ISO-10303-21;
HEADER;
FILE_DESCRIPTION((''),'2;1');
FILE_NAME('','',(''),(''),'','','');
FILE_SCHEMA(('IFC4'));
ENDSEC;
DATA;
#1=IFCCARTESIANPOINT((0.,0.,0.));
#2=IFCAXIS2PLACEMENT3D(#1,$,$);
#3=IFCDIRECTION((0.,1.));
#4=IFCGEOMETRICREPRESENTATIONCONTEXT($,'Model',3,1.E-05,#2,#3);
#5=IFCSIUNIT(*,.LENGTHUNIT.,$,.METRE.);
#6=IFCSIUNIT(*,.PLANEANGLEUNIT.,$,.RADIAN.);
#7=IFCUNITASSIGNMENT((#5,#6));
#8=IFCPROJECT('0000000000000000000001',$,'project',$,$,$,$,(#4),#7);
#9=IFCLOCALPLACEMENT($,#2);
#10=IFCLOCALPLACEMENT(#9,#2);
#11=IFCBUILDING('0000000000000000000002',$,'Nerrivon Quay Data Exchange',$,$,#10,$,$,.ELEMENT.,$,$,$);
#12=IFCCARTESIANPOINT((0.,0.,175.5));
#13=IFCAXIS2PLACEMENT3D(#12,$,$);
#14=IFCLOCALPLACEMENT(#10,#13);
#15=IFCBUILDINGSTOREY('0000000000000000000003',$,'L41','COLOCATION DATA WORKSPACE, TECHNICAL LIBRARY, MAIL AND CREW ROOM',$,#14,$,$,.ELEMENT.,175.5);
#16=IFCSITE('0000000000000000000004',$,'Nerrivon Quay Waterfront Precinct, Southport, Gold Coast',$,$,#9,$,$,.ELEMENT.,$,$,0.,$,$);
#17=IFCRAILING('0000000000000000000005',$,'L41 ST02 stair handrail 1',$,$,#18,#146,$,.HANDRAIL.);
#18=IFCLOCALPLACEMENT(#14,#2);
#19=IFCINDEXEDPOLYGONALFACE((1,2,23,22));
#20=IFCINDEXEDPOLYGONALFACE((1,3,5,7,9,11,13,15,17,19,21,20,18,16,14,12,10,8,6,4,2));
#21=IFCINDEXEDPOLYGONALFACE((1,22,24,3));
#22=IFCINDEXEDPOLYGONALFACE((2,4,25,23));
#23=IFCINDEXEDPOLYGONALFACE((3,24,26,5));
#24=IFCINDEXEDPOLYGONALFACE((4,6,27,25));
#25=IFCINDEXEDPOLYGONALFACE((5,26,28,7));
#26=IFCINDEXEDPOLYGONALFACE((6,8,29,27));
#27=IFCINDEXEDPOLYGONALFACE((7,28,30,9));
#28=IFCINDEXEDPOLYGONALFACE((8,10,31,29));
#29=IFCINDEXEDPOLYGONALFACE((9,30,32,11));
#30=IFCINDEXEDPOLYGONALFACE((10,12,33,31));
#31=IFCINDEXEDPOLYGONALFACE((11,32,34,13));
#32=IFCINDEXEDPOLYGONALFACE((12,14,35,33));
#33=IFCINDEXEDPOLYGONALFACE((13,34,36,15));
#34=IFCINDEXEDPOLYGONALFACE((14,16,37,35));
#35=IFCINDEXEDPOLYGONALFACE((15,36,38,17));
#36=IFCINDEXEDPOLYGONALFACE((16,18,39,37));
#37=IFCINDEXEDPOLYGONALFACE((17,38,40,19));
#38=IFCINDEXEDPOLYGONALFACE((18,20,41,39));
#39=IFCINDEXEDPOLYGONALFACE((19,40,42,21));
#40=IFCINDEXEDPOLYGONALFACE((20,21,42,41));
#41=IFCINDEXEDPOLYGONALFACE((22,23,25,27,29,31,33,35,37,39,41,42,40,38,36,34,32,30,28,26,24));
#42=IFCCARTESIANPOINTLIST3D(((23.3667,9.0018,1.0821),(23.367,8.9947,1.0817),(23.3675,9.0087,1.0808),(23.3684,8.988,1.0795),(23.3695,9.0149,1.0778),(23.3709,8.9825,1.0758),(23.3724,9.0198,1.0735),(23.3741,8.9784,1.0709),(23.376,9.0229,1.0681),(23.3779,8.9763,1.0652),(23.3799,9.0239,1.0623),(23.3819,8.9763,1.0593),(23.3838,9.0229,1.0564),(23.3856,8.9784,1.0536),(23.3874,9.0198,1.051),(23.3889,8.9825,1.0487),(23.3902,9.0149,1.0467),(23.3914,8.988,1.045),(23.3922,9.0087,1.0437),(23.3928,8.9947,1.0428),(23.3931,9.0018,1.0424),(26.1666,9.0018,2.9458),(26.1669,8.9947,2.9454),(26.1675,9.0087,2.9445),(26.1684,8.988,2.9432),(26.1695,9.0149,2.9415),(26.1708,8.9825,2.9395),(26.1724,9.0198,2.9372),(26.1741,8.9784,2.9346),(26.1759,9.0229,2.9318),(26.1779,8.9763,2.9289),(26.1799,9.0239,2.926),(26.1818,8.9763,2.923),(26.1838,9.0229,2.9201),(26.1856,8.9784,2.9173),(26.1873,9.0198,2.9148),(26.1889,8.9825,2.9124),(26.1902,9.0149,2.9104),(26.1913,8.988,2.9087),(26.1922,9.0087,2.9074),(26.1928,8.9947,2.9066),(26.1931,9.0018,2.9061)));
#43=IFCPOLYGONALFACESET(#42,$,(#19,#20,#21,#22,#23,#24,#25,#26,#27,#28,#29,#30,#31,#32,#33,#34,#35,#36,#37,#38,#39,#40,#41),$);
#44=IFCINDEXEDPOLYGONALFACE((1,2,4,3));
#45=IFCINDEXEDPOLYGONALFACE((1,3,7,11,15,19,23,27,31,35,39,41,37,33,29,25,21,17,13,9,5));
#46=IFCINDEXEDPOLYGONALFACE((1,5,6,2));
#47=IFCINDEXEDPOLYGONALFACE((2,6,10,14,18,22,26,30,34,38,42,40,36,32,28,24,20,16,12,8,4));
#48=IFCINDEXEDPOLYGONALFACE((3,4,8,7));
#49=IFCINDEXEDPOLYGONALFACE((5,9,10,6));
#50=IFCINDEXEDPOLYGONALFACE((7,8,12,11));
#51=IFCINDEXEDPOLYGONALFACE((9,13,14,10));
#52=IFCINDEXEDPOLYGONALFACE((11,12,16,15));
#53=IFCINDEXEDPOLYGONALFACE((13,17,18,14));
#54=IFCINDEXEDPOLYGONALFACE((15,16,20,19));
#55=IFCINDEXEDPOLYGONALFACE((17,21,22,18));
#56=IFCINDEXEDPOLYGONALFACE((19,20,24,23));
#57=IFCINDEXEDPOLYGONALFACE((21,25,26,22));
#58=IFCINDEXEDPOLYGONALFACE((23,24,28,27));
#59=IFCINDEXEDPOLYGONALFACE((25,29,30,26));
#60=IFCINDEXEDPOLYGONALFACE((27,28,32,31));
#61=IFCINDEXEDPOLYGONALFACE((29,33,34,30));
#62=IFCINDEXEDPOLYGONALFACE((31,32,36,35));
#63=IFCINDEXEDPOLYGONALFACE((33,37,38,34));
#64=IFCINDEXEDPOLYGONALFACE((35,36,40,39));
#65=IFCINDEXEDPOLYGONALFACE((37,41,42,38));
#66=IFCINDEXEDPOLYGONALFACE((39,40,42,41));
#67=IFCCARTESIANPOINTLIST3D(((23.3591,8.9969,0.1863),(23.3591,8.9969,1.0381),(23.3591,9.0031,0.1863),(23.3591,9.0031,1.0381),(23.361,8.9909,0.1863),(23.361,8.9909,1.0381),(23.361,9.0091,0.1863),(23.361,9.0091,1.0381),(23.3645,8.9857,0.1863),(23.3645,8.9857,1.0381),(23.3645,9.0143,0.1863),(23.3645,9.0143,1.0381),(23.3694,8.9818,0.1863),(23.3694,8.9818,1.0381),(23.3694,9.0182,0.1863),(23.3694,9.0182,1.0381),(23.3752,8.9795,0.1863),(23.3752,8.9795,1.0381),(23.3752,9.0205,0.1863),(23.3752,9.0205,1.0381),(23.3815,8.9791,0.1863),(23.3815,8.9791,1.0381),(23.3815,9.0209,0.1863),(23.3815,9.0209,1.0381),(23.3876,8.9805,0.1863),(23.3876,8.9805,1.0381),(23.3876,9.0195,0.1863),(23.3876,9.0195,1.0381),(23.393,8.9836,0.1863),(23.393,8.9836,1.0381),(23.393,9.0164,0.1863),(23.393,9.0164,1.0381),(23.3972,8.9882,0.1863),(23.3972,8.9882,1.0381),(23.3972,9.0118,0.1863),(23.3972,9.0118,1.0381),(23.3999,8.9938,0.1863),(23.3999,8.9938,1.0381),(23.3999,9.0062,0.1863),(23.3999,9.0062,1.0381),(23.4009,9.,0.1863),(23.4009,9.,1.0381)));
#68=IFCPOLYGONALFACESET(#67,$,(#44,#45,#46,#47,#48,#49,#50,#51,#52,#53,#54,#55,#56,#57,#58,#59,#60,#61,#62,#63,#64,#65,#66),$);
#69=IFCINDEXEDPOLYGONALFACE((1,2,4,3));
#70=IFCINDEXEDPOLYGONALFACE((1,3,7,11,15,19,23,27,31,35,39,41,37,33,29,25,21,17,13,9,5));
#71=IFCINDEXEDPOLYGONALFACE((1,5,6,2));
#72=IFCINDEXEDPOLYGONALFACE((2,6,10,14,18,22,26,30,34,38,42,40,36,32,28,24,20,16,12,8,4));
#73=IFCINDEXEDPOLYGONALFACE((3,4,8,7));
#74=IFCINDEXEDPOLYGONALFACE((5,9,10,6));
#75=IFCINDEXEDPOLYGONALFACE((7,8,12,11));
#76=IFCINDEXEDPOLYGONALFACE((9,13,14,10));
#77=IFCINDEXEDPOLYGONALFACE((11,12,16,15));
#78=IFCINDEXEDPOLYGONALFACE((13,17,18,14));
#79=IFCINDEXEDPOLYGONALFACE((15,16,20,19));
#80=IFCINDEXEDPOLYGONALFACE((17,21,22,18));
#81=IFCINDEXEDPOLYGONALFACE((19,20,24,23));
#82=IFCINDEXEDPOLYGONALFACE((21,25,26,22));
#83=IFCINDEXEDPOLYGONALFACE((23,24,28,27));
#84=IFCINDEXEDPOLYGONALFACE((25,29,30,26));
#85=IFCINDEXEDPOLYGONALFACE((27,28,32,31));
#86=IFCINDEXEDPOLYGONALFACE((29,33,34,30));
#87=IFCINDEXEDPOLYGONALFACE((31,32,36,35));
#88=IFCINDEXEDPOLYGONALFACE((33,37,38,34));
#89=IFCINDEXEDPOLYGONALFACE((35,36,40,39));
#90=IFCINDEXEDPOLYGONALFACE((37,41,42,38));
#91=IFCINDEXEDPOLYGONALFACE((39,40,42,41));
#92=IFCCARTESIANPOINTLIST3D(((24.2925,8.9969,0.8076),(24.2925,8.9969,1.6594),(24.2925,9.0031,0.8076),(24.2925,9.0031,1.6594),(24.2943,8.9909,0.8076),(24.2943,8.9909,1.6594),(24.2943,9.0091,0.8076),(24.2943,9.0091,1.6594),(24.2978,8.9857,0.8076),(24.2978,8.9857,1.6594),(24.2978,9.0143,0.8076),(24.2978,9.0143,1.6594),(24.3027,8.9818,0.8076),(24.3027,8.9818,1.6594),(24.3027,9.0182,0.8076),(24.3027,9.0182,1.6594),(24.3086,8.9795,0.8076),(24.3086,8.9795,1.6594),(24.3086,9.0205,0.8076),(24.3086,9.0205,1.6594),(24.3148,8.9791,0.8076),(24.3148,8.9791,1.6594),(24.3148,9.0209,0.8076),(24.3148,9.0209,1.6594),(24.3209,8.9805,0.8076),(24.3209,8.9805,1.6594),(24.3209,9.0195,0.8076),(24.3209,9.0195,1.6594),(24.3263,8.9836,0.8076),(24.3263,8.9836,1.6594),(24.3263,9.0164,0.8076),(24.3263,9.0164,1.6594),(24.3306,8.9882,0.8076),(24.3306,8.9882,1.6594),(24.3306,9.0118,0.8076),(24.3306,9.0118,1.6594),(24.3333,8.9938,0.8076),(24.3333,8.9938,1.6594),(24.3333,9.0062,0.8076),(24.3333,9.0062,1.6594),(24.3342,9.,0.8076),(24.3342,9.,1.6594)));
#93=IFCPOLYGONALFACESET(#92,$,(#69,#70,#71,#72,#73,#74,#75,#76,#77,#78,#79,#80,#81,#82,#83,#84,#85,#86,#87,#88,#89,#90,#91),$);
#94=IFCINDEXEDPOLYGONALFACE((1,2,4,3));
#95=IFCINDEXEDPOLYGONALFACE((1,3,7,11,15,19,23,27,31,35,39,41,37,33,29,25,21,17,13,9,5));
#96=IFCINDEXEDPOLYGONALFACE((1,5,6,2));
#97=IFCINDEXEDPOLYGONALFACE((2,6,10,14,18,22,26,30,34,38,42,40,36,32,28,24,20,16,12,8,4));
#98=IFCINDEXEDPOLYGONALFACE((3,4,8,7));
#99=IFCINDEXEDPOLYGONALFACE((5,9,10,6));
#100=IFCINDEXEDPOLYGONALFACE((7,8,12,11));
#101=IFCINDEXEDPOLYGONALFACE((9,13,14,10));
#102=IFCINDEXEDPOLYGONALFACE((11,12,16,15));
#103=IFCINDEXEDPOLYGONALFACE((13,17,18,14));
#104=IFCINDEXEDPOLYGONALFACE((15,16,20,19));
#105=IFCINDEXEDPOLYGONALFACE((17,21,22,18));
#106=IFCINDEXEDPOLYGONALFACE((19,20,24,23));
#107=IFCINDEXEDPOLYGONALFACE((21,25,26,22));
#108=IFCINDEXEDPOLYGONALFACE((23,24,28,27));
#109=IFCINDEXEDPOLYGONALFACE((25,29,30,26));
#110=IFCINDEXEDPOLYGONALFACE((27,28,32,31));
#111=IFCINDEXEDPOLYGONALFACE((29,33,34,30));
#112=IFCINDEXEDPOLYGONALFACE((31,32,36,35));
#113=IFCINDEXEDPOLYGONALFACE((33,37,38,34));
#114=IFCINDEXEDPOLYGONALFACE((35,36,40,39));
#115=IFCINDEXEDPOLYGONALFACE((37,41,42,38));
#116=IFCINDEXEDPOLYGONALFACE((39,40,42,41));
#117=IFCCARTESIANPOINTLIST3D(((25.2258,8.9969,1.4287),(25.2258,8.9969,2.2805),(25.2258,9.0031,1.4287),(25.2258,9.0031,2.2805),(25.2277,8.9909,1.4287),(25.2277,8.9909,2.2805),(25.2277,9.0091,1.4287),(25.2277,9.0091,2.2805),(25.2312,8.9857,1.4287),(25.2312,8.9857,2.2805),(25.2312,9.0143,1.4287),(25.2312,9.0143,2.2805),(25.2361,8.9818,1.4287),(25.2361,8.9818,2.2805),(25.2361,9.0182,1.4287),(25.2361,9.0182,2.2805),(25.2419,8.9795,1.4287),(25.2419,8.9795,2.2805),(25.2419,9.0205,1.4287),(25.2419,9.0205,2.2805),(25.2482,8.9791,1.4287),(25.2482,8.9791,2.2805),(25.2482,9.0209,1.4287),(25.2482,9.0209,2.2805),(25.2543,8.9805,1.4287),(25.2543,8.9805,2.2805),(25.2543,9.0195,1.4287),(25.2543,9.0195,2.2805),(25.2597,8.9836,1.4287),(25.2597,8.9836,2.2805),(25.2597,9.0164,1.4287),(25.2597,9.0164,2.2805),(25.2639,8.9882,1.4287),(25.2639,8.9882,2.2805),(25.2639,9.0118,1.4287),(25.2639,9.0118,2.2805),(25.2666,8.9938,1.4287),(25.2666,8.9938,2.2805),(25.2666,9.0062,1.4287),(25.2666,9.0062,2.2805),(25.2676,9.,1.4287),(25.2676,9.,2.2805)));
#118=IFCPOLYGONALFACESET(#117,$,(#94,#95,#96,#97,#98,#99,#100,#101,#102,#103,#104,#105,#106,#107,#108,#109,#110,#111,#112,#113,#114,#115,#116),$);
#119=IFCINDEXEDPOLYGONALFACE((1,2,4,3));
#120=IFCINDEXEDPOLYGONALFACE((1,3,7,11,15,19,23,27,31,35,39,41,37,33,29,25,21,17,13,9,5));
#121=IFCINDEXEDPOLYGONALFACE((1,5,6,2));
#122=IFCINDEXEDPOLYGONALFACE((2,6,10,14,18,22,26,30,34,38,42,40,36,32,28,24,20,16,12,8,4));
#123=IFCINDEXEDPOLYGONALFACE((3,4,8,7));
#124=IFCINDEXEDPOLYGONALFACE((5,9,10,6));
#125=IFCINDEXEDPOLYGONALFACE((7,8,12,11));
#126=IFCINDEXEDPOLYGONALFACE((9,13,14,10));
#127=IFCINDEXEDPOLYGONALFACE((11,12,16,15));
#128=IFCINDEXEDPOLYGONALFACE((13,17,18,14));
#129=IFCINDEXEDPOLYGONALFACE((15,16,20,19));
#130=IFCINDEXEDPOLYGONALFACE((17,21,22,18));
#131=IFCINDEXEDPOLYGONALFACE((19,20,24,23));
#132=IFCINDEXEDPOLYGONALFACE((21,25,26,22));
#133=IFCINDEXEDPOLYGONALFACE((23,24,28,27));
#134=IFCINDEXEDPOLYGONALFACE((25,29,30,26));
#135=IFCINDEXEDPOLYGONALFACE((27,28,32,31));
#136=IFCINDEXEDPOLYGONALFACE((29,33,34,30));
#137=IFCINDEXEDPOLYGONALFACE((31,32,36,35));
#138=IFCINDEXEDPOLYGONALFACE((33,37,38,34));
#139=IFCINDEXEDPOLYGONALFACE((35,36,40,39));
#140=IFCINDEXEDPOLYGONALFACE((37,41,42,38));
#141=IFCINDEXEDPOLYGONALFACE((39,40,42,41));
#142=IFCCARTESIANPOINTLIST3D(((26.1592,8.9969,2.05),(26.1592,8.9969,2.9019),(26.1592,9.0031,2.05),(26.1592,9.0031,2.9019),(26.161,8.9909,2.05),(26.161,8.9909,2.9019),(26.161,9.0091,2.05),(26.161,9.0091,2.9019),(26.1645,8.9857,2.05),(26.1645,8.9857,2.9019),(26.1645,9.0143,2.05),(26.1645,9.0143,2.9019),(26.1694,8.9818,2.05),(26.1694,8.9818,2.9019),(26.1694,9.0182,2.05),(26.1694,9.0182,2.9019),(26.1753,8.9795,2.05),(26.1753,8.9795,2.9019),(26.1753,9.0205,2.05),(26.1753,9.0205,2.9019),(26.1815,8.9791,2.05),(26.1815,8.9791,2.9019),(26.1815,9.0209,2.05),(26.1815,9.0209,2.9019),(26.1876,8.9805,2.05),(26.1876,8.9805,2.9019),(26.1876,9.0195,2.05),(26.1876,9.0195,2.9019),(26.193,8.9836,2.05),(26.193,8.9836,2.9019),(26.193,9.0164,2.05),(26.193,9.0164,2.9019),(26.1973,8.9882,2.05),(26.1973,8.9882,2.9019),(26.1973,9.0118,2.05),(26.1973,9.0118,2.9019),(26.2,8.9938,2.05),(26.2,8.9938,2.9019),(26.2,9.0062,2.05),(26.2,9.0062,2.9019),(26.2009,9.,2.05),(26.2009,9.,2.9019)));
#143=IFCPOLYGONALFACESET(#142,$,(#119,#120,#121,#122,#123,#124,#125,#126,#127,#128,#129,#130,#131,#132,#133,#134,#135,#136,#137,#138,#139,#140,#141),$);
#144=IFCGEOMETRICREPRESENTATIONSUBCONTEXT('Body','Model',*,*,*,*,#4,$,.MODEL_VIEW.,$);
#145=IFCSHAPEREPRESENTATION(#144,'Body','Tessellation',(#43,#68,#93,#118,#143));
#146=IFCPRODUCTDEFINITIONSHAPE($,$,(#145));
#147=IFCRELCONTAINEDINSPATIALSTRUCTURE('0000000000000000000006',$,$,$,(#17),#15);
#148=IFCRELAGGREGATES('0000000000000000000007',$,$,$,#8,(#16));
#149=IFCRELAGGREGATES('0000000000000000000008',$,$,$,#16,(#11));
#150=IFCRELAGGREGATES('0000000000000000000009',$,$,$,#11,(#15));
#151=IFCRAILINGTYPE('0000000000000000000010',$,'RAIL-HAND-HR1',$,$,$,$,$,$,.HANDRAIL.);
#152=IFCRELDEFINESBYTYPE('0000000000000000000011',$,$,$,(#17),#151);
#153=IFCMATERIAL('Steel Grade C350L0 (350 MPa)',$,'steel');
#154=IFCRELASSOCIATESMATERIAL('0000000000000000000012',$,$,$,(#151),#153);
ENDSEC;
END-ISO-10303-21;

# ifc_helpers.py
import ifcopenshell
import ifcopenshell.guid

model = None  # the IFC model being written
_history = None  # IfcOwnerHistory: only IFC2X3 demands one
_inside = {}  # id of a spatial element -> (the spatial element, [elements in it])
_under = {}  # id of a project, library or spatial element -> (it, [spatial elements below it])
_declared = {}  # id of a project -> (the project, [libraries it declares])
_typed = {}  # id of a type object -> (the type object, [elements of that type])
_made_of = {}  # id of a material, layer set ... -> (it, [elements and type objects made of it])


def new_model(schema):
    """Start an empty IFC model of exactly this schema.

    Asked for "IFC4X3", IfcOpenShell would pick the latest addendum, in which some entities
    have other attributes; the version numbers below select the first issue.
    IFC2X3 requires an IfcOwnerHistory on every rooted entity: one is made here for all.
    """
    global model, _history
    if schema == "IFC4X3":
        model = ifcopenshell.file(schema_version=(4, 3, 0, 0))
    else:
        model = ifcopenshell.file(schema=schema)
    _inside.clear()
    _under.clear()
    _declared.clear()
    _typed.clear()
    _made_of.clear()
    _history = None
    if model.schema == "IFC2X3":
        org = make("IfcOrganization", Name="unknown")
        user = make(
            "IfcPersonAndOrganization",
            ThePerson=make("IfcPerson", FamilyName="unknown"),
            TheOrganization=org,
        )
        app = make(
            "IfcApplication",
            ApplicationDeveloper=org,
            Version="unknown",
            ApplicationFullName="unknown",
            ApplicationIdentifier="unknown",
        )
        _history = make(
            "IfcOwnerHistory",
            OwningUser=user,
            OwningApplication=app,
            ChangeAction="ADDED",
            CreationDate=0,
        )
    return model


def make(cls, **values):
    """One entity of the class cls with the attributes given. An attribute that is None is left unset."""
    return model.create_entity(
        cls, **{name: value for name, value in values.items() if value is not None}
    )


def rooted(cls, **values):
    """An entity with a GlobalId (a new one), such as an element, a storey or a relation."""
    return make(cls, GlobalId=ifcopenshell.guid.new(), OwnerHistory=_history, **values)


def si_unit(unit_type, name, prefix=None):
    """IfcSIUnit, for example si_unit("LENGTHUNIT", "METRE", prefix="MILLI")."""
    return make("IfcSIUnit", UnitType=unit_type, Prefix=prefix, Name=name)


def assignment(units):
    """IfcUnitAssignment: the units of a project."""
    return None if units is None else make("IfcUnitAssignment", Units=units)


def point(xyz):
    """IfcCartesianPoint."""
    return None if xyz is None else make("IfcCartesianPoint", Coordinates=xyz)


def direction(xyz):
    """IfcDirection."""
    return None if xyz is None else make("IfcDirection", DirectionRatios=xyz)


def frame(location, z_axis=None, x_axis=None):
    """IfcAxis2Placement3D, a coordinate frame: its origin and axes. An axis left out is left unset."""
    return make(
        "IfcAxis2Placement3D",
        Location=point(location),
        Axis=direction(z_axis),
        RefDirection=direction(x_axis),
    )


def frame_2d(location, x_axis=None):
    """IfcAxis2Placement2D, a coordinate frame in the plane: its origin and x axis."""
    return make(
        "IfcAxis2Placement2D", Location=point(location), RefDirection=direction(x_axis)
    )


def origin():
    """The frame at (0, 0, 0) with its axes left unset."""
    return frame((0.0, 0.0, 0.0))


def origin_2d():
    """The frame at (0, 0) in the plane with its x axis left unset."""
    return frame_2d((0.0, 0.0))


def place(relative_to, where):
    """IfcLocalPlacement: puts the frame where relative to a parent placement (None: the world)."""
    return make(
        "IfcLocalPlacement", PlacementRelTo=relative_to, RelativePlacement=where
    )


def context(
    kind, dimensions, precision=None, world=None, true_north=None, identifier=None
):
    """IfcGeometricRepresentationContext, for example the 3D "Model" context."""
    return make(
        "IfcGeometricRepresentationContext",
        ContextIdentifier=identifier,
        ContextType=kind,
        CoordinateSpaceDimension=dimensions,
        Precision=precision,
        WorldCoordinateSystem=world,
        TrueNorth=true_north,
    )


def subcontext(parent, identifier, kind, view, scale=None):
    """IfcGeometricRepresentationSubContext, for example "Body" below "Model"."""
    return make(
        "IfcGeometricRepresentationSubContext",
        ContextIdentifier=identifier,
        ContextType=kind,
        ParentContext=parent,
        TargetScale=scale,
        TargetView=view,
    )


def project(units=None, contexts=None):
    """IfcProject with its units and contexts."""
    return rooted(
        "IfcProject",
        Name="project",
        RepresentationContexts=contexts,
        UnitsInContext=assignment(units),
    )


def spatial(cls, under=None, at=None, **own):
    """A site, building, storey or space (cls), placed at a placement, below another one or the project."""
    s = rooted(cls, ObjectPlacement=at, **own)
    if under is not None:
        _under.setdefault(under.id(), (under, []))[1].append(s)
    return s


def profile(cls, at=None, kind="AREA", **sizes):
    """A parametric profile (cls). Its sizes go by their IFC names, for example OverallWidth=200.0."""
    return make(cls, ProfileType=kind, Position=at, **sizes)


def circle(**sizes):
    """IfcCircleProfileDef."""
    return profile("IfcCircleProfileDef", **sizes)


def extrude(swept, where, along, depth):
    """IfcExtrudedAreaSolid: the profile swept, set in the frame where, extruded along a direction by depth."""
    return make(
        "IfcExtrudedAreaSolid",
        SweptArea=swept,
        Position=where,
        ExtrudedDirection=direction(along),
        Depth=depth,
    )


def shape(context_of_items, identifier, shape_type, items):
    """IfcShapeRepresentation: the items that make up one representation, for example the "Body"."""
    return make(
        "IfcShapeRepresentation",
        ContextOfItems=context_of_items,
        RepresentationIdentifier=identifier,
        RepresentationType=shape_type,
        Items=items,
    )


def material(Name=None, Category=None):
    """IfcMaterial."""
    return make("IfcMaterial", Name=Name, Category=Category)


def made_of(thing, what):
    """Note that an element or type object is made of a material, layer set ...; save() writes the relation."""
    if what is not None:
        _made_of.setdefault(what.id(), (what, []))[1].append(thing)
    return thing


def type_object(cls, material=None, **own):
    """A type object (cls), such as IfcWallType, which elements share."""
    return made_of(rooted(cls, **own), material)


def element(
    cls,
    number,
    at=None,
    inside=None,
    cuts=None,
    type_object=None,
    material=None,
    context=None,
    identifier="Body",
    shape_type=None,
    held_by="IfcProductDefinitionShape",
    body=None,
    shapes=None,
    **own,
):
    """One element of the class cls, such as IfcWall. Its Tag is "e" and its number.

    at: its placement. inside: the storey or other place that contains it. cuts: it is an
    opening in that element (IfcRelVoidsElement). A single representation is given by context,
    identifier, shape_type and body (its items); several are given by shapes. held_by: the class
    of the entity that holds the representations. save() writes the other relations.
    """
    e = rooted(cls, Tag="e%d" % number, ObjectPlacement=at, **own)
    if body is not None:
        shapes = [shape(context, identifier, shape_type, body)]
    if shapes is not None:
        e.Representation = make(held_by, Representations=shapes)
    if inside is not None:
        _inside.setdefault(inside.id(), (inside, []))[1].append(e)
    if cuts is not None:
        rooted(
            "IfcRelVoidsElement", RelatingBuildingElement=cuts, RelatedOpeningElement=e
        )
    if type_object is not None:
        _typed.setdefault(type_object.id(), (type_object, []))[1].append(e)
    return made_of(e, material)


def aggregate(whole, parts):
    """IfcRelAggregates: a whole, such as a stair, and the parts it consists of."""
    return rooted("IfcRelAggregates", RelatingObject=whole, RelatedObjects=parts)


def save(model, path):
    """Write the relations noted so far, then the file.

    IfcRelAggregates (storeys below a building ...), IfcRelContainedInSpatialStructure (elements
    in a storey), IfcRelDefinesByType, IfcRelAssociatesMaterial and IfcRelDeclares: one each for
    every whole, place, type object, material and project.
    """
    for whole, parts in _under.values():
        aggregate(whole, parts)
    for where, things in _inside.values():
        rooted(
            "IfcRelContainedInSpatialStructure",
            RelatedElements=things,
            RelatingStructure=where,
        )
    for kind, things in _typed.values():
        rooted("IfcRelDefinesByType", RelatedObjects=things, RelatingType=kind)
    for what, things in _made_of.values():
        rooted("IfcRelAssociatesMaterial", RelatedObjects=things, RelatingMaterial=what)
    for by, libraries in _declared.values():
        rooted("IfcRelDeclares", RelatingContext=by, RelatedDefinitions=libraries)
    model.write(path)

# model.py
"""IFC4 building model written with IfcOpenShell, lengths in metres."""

from ifc_helpers import new_model, si_unit, direction, frame, origin, origin_2d, place, context, subcontext, project, spatial, circle, extrude, material, type_object, element, save


model = new_model("IFC4")

# Units and contexts
model_context = context("Model", 3, precision=1e-05, world=origin(), true_north=direction((0.0, 1.0)))
body_context = subcontext(model_context, "Body", "Model", "MODEL_VIEW")
ifc_project = project(units=[si_unit("LENGTHUNIT", "METRE"), si_unit("PLANEANGLEUNIT", "RADIAN")], contexts=[model_context])

# Site, building, storey
site_placement = place(None, origin())
site = spatial("IfcSite", under=ifc_project, at=site_placement, Name="Nerrivon Quay Waterfront Precinct, Southport, Gold Coast", CompositionType="ELEMENT", RefElevation=0.0)
building_placement = place(site_placement, origin())
building = spatial("IfcBuilding", under=site, at=building_placement, Name="Nerrivon Quay Data Exchange", CompositionType="ELEMENT")
storey_placement = place(building_placement, frame((0.0, 0.0, 175.5)))
storey = spatial("IfcBuildingStorey", under=building, at=storey_placement, Name="L41", Description="COLOCATION DATA WORKSPACE, TECHNICAL LIBRARY, MAIL AND CREW ROOM", CompositionType="ELEMENT", Elevation=175.5)

# Railing
ifc_material_1 = material(Name="Steel Grade C350L0 (350 MPa)", Category="steel")
railing_type_1 = type_object("IfcRailingType", Name="RAIL-HAND-HR1", PredefinedType="HANDRAIL", material=ifc_material_1)
railing_1_placement = place(storey_placement, frame((23.3799, 9.0, 0.1863)))
element("IfcRailing", 1, at=railing_1_placement, inside=storey, type_object=railing_type_1, Name="L41 ST02 stair handrail 1", PredefinedType="HANDRAIL", context=body_context, shape_type="SweptSolid", body=[
    extrude(circle(Radius=0.0239, at=origin_2d()), frame((0.0, 0.0, 0.876), z_axis=(0.832452, 0.0, 0.554097), x_axis=(0.0, 1.0, 0.0)), (0.0, 0.0, 1.0), 3.3635),
    extrude(circle(Radius=0.021, at=origin_2d()), origin(), (0.0, 0.0, 1.0), 0.8518),
    extrude(circle(Radius=0.021, at=origin_2d()), frame((0.9333, 0.0, 0.6213)), (0.0, 0.0, 1.0), 0.8518),
    extrude(circle(Radius=0.021, at=origin_2d()), frame((1.8667, 0.0, 1.2424)), (0.0, 0.0, 1.0), 0.8518),
    extrude(circle(Radius=0.021, at=origin_2d()), frame((2.8, 0.0, 1.8638)), (0.0, 0.0, 1.0), 0.8518),
])

save(model, "model.ifc")
